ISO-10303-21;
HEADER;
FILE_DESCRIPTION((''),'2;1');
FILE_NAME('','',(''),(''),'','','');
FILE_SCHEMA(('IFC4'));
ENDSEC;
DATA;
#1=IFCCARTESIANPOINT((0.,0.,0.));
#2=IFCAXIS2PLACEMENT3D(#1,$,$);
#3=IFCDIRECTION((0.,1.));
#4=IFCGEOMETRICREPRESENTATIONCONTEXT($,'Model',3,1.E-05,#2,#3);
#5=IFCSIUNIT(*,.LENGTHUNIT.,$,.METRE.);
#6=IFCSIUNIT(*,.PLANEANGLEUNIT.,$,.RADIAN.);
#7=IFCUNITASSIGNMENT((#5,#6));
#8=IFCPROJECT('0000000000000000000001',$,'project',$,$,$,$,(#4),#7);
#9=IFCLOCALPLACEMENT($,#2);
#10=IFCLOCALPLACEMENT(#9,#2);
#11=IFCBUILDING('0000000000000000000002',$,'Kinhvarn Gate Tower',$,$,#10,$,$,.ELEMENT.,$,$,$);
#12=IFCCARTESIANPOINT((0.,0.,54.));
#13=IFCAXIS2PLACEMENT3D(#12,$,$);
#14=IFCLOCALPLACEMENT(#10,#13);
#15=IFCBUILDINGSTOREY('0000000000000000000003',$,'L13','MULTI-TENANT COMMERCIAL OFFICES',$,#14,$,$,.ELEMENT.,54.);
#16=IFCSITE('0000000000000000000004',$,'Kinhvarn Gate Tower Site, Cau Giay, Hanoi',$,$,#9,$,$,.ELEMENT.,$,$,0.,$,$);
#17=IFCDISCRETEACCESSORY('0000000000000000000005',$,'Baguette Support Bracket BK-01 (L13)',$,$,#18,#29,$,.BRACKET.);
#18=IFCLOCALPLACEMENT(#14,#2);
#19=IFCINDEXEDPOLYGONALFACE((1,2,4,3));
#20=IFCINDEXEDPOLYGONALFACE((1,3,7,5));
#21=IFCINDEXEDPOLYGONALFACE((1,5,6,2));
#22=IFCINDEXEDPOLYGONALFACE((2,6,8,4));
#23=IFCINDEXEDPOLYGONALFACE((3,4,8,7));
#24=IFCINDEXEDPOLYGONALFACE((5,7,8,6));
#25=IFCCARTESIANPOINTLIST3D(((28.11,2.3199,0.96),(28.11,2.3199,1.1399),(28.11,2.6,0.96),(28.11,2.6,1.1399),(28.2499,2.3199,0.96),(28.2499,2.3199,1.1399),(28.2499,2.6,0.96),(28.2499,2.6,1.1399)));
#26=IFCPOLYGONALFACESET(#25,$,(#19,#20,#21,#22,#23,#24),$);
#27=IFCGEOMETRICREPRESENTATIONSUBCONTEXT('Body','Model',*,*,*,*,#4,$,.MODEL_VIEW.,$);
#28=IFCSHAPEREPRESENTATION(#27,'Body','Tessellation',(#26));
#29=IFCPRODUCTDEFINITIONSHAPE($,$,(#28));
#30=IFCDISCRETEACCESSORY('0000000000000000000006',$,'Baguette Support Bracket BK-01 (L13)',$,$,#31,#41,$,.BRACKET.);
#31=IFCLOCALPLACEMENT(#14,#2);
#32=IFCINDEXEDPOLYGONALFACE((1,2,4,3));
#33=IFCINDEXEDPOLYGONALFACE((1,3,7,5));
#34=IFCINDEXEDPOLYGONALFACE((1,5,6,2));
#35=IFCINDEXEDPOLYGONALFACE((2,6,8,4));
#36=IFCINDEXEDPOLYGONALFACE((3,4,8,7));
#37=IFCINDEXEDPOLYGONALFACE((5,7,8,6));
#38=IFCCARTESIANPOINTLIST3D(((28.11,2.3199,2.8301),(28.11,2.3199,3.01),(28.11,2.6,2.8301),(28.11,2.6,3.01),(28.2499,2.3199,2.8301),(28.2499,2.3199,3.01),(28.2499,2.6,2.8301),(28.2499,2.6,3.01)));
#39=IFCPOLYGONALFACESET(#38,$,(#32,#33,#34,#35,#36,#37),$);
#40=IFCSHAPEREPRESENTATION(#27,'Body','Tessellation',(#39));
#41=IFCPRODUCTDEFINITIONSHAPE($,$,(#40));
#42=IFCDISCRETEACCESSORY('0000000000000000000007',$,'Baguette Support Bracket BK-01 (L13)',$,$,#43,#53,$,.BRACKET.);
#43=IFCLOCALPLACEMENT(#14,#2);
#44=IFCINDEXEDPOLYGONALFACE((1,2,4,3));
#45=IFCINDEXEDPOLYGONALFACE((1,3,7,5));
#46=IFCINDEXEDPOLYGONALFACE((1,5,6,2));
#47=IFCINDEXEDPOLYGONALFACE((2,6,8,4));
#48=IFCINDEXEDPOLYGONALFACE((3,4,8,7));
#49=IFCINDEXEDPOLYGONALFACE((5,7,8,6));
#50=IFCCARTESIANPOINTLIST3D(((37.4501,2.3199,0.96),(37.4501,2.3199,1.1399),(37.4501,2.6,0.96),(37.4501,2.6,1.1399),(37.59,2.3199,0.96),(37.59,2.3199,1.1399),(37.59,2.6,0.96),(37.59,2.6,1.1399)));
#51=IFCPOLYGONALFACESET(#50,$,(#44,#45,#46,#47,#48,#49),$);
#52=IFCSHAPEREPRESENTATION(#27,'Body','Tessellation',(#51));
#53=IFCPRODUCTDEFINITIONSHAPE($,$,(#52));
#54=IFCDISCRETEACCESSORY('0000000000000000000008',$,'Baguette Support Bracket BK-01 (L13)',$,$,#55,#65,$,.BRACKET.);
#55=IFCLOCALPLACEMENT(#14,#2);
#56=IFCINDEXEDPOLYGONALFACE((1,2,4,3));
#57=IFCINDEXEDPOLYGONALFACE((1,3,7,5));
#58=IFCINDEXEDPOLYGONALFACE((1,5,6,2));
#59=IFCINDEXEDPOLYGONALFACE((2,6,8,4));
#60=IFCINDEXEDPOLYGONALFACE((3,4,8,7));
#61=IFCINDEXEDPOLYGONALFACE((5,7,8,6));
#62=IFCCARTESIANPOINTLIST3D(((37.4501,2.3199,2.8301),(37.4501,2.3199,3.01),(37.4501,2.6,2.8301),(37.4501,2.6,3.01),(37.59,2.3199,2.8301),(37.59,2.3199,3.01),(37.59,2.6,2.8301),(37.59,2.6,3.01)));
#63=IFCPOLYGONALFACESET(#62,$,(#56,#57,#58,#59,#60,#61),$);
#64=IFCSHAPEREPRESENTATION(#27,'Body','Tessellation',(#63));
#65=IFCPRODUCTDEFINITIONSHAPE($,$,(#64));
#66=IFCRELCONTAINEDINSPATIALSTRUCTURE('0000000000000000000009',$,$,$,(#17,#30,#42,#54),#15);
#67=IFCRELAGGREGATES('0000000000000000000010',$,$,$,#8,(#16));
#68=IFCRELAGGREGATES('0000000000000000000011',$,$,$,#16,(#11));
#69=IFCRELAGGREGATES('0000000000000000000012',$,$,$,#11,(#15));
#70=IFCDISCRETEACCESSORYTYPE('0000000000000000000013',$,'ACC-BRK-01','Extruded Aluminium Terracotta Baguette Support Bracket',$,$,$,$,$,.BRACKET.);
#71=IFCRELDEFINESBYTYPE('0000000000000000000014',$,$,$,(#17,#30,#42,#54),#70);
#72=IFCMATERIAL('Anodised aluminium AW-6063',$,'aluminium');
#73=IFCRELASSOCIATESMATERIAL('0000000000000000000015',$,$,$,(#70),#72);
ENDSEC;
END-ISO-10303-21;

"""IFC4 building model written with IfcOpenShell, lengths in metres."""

from ifc_helpers import new_model, si_unit, direction, frame, origin, origin_2d, place, context, subcontext, project, spatial, rectangle, extrude, material, type_object, element, save


model = new_model("IFC4")

# Units and contexts
model_context = context("Model", 3, precision=1e-05, world=origin(), true_north=direction((0.0, 1.0)))
body_context = subcontext(model_context, "Body", "Model", "MODEL_VIEW")
ifc_project = project(units=[si_unit("LENGTHUNIT", "METRE"), si_unit("PLANEANGLEUNIT", "RADIAN")], contexts=[model_context])

# Site, building, storey
site_placement = place(None, origin())
site = spatial("IfcSite", under=ifc_project, at=site_placement, Name="Kinhvarn Gate Tower Site, Cau Giay, Hanoi", CompositionType="ELEMENT", RefElevation=0.0)
building_placement = place(site_placement, origin())
building = spatial("IfcBuilding", under=site, at=building_placement, Name="Kinhvarn Gate Tower", CompositionType="ELEMENT")
storey_placement = place(building_placement, frame((0.0, 0.0, 54.0)))
storey = spatial("IfcBuildingStorey", under=building, at=storey_placement, Name="L13", Description="MULTI-TENANT COMMERCIAL OFFICES", CompositionType="ELEMENT", Elevation=54.0)

# Shared definitions
ifc_material_1 = material(Name="Anodised aluminium AW-6063", Category="aluminium")

# Discrete accessories
discrete_accessory_type = type_object("IfcDiscreteAccessoryType", Name="ACC-BRK-01", Description="Extruded Aluminium Terracotta Baguette Support Bracket", PredefinedType="BRACKET", material=ifc_material_1)
for number, where, z_axis, x_axis, name in (
    (1, (28.1799, 2.46, 0.96), (0.0, 0.0, 1.0), (1.0, 0.0, 0.0), "Baguette Support Bracket BK-01 (L13)"),
    (2, (28.1799, 2.46, 2.8301), (0.0, 0.0, 1.0), (1.0, 0.0, 0.0), "Baguette Support Bracket BK-01 (L13)"),
    (3, (37.52, 2.46, 0.96), (0.0, 0.0, 1.0), (1.0, 0.0, 0.0), "Baguette Support Bracket BK-01 (L13)"),
    (4, (37.52, 2.46, 2.8301), (0.0, 0.0, 1.0), (1.0, 0.0, 0.0), "Baguette Support Bracket BK-01 (L13)"),
):
    element("IfcDiscreteAccessory", number, at=place(storey_placement, frame(where, z_axis=z_axis, x_axis=x_axis)), inside=storey, type_object=discrete_accessory_type, Name=name, PredefinedType="BRACKET", context=body_context, shape_type="SweptSolid", body=[
        extrude(rectangle(XDim=0.1399, YDim=0.28, at=origin_2d()), origin(), (0.0, 0.0, 1.0), 0.1799),
    ])

save(model, "model.ifc")
